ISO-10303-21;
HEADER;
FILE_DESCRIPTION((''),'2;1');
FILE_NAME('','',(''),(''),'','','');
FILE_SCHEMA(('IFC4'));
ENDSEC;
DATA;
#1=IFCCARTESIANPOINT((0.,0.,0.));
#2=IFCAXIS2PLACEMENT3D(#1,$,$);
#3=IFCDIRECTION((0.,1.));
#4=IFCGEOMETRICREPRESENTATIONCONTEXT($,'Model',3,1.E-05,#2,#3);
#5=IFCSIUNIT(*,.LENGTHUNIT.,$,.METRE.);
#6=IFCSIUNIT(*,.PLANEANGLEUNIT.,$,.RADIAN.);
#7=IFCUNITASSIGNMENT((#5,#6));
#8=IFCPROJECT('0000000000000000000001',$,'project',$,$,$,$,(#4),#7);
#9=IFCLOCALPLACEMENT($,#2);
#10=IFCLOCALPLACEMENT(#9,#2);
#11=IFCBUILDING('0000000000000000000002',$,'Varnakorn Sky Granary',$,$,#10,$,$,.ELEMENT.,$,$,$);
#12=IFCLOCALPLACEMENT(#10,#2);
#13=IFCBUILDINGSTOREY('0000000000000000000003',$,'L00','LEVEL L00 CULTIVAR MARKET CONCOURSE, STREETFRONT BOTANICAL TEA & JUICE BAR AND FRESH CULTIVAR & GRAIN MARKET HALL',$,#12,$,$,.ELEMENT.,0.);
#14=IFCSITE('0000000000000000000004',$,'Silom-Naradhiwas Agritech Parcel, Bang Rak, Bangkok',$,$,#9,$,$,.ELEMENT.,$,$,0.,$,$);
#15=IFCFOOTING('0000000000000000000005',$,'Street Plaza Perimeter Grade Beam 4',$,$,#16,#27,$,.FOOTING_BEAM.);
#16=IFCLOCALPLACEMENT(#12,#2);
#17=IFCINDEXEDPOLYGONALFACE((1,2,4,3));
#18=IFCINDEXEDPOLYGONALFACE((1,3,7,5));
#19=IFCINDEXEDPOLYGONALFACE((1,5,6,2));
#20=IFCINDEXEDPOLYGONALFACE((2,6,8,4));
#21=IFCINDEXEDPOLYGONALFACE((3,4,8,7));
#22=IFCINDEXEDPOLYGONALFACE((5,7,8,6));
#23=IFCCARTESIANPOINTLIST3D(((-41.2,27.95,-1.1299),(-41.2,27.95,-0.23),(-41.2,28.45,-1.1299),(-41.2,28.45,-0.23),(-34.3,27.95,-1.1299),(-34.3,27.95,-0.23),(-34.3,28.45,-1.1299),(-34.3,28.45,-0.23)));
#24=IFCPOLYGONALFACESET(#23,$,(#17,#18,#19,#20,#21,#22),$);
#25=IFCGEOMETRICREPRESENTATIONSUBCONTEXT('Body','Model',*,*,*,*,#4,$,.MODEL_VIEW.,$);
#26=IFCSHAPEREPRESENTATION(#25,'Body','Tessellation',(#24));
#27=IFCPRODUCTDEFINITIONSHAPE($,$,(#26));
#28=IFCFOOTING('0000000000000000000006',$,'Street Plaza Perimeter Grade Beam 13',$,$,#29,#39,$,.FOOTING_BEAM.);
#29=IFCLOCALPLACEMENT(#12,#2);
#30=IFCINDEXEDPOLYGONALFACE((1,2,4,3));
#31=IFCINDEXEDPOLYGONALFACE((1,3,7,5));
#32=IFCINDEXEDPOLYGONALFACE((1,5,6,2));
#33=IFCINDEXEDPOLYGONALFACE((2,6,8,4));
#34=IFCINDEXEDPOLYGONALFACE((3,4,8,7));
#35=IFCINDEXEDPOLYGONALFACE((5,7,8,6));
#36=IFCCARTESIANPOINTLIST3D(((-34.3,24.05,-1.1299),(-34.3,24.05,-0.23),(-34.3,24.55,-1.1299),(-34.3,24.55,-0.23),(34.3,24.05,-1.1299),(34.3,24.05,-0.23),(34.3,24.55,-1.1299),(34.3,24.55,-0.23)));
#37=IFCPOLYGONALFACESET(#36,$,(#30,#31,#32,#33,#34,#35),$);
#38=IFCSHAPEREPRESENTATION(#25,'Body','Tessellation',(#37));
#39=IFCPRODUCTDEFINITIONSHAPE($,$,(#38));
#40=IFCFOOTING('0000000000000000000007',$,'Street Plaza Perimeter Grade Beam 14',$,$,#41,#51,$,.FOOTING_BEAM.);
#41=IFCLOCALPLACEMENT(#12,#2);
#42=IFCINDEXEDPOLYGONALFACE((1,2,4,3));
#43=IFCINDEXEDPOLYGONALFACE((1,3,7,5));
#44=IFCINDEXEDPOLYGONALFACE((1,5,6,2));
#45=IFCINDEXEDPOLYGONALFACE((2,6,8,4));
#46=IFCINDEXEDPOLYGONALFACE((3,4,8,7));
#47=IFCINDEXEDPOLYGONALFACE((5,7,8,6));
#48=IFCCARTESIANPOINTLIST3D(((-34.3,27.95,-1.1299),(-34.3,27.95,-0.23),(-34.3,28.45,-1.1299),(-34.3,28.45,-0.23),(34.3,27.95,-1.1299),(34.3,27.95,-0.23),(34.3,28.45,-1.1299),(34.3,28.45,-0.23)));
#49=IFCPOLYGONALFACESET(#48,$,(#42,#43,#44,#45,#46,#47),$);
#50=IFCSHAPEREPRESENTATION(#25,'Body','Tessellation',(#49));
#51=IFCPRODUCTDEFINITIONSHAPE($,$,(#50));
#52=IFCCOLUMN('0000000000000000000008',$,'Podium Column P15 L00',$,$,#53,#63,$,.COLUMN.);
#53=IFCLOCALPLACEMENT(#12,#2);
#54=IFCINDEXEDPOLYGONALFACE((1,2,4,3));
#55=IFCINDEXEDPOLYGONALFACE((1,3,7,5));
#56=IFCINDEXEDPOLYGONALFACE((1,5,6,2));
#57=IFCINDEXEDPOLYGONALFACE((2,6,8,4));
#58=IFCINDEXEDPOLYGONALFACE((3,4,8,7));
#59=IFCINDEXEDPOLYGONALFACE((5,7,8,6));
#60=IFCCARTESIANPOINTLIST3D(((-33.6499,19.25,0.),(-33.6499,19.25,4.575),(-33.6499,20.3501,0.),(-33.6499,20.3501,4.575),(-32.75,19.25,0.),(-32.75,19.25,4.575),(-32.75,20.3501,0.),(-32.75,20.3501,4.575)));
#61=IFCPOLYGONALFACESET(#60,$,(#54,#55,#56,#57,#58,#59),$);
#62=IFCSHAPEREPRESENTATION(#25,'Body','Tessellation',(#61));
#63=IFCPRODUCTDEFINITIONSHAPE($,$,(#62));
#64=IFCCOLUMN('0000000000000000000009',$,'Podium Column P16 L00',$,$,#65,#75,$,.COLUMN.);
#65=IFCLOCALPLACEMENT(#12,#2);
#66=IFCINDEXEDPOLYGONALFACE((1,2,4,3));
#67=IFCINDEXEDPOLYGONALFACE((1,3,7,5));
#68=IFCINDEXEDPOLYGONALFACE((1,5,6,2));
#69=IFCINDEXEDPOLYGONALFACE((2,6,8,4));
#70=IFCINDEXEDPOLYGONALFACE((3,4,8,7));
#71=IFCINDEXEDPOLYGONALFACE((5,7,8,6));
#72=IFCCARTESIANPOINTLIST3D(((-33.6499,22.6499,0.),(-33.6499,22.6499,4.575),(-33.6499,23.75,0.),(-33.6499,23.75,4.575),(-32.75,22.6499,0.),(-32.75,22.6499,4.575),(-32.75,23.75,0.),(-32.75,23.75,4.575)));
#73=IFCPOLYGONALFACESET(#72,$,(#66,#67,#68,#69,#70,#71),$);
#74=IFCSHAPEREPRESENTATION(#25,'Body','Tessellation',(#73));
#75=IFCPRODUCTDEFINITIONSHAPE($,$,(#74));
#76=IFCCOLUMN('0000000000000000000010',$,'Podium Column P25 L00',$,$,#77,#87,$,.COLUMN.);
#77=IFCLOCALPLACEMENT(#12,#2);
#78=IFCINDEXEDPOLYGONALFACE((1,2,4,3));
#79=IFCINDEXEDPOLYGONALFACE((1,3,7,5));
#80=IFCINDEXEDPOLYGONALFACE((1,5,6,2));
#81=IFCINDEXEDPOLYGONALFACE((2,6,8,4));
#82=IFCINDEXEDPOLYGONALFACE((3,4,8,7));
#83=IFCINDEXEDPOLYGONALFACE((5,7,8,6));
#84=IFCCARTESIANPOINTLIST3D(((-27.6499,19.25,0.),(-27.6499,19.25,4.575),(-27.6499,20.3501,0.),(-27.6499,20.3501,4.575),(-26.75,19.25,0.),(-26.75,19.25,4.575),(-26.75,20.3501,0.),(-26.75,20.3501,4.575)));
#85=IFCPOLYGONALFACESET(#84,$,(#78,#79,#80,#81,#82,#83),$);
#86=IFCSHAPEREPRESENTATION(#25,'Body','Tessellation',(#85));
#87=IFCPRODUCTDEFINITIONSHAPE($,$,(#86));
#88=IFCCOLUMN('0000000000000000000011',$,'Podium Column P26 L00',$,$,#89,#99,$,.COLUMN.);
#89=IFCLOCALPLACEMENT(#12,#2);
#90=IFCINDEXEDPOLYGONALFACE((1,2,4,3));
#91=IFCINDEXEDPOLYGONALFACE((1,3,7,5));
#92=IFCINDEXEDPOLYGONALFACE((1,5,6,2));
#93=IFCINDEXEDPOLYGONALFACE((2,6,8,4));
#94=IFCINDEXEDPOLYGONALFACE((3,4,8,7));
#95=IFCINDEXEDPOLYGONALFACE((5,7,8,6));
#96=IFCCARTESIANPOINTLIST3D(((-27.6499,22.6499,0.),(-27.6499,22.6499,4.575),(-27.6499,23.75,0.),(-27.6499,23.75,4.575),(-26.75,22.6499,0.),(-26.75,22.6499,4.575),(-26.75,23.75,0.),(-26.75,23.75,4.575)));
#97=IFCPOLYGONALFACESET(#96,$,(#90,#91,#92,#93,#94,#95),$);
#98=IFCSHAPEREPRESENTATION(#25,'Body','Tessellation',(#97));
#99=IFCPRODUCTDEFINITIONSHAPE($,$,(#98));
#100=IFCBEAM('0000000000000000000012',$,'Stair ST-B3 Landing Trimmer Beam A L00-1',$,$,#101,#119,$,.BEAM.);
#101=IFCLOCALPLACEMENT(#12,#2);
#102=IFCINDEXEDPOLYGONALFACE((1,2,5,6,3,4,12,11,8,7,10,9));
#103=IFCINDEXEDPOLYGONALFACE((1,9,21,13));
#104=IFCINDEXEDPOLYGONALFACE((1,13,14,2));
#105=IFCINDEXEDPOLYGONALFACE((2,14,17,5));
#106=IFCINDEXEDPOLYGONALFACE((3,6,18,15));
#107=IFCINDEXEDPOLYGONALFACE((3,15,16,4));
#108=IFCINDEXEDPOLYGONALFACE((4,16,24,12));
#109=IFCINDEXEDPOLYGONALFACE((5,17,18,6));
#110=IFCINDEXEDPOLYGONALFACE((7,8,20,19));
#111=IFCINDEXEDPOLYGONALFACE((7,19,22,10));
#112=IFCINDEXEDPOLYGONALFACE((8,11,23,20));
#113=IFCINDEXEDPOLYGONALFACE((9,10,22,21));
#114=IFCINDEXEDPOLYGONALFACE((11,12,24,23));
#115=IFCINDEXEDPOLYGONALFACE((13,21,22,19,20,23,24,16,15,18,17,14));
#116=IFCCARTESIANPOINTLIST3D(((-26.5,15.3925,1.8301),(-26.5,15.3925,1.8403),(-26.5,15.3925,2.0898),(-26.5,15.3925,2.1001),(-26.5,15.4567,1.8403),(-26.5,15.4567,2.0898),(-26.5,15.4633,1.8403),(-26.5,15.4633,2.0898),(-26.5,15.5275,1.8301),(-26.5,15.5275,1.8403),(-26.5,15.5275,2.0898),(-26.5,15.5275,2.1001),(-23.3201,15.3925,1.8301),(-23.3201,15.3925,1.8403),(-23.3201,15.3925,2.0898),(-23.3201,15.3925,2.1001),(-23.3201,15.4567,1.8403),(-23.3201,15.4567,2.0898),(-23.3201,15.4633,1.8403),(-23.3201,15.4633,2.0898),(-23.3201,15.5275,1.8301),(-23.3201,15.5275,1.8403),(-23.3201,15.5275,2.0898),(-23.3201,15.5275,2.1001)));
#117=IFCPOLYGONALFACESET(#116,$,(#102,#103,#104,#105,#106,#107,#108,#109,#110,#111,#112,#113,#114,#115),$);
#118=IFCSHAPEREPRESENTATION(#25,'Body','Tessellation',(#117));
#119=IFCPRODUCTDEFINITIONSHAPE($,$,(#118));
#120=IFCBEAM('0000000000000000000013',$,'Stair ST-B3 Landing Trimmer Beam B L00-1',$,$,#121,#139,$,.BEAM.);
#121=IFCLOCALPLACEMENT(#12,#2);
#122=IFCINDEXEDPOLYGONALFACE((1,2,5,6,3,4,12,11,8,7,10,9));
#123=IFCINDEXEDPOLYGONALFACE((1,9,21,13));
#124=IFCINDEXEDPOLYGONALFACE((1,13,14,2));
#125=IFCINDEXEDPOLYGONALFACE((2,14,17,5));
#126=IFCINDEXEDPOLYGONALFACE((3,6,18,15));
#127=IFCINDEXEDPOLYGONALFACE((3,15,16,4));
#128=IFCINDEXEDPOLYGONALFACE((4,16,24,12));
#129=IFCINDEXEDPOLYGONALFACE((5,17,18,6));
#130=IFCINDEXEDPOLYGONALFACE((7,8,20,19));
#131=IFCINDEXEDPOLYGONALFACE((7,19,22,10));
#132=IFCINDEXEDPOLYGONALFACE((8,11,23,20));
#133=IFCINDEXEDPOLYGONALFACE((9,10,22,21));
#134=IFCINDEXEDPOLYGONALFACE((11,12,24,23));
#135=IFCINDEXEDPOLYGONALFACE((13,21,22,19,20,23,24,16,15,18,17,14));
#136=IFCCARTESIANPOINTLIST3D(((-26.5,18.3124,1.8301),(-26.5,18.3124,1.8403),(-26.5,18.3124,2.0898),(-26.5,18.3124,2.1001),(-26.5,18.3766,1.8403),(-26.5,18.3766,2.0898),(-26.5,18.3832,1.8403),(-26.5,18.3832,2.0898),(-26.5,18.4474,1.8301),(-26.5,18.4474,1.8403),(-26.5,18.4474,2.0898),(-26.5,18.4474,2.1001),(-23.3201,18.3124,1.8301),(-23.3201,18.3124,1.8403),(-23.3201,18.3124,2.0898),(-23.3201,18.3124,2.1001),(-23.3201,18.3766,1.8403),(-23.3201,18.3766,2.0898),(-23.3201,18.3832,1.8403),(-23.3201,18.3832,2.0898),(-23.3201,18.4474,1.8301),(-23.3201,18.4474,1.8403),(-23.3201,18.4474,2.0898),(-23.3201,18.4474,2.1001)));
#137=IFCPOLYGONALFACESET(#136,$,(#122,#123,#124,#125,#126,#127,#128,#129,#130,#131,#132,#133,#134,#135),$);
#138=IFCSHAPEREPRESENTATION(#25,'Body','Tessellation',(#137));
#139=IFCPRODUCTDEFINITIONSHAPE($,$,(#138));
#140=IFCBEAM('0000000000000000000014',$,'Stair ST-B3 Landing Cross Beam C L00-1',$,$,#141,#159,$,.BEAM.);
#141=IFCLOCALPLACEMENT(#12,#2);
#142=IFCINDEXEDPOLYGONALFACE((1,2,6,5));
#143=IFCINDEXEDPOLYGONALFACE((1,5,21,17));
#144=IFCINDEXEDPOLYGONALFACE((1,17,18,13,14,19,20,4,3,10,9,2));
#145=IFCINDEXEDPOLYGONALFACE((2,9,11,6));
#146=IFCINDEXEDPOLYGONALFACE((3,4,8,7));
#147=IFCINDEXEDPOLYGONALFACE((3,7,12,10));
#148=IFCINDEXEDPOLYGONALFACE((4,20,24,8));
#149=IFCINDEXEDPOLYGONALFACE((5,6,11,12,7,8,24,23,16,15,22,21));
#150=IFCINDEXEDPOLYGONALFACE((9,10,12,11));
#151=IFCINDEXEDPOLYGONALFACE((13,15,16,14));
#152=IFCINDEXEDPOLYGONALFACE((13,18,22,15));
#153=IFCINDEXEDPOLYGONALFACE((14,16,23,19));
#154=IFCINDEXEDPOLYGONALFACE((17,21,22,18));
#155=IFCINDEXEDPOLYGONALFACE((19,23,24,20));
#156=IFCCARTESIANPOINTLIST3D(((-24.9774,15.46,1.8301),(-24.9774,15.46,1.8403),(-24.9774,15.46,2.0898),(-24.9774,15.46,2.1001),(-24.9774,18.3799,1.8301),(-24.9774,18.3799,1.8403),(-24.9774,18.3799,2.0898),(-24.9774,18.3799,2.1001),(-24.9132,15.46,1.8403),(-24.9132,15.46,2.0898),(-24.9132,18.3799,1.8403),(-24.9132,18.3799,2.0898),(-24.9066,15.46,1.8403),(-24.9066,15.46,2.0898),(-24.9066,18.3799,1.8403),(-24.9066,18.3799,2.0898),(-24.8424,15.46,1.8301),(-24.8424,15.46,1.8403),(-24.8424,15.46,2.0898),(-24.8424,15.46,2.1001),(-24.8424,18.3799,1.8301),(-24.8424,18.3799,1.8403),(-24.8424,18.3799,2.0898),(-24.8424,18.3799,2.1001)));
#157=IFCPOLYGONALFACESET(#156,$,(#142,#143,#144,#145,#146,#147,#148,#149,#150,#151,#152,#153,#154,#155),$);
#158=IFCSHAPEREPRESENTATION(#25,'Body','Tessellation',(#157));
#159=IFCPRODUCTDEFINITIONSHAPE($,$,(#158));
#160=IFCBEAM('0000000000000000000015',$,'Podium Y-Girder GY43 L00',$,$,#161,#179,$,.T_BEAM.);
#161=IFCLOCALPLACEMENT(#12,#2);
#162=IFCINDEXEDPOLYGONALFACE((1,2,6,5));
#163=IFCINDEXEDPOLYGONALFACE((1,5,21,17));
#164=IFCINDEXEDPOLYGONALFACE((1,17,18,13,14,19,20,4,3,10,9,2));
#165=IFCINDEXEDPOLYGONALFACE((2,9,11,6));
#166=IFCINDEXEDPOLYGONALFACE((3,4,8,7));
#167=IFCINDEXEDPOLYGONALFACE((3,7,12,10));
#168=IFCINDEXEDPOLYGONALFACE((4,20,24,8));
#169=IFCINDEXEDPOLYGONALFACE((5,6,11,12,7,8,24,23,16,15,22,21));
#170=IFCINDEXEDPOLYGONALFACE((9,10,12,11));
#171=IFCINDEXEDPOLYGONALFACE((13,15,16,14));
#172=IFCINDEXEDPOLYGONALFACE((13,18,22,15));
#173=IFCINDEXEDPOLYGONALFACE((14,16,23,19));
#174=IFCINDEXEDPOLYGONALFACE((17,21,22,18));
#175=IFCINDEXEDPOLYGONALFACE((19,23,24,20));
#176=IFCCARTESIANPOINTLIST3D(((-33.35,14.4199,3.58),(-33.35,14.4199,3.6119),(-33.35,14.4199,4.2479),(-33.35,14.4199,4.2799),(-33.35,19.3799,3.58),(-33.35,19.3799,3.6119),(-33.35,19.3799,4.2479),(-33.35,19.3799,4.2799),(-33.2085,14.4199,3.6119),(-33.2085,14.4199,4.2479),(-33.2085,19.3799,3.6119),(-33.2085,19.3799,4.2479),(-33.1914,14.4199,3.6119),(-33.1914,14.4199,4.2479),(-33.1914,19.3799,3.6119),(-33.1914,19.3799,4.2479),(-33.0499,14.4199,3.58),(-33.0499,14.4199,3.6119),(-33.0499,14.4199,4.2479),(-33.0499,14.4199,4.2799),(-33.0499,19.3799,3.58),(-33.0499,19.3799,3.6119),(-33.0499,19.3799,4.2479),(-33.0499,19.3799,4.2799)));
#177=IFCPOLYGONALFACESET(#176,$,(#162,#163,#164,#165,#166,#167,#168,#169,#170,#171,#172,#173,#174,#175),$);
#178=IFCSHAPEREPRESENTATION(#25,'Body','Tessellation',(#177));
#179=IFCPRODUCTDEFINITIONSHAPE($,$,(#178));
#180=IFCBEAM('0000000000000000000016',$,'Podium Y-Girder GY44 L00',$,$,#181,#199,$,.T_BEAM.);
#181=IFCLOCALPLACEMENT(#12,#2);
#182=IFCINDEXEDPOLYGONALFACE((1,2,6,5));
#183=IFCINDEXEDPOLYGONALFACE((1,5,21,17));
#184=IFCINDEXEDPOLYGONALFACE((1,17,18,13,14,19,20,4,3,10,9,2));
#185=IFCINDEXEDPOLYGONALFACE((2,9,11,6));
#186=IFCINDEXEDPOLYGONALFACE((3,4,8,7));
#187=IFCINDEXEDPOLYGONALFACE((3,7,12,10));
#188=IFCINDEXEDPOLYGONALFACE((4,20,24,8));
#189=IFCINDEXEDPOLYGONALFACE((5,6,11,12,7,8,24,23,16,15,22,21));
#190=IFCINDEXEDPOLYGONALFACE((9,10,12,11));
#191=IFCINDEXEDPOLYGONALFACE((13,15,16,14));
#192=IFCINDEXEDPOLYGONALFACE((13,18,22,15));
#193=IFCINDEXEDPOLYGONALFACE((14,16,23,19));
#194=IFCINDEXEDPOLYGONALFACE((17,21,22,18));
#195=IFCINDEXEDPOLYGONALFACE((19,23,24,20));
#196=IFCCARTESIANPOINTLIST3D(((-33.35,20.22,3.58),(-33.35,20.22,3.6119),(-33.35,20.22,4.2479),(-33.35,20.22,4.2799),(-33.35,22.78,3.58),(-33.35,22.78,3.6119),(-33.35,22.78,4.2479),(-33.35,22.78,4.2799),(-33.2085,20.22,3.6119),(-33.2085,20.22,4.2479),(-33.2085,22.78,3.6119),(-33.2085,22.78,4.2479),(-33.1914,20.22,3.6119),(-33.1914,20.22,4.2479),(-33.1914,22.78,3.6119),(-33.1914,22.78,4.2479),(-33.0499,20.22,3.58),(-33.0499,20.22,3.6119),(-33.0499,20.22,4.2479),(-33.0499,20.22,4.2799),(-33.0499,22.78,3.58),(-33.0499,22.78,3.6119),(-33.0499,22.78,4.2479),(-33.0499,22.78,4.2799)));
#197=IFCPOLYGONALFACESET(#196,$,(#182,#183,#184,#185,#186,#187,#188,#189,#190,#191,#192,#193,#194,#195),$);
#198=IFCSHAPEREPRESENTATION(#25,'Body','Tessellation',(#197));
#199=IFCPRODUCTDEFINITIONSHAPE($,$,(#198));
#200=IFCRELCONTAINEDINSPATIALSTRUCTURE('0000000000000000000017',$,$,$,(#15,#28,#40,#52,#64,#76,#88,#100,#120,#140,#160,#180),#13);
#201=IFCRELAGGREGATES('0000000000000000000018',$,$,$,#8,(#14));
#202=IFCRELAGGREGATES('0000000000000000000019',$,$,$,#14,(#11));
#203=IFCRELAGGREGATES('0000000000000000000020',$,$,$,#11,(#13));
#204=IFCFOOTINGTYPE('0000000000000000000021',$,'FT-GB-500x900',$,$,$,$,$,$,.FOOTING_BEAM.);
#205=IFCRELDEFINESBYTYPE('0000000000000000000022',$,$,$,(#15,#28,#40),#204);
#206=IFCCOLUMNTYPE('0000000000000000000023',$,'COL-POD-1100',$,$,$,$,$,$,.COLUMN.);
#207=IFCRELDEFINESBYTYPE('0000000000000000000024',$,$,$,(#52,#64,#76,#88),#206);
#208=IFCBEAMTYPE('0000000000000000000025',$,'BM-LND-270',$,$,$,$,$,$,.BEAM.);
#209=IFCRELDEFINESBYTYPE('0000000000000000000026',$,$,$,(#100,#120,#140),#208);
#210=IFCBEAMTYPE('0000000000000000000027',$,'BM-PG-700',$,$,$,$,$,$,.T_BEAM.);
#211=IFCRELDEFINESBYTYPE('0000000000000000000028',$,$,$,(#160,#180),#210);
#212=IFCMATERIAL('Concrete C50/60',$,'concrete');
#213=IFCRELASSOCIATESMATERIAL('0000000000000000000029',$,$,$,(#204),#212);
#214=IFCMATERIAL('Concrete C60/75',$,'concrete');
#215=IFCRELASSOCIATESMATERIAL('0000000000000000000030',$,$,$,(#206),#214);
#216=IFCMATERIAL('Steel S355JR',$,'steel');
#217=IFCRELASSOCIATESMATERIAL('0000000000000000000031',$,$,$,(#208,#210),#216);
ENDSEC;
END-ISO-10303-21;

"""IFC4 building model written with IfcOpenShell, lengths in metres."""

from ifc_helpers import new_model, si_unit, direction, frame, origin, origin_2d, place, context, subcontext, project, spatial, rectangle, i_section, extrude, material, material_profile, profile_set, type_object, element, save


model = new_model("IFC4")

# Units and contexts
model_context = context("Model", 3, precision=1e-05, world=origin(), true_north=direction((0.0, 1.0)))
body_context = subcontext(model_context, "Body", "Model", "MODEL_VIEW")
ifc_project = project(units=[si_unit("LENGTHUNIT", "METRE"), si_unit("PLANEANGLEUNIT", "RADIAN")], contexts=[model_context])

# Site, building, storey
site_placement = place(None, origin())
site = spatial("IfcSite", under=ifc_project, at=site_placement, Name="Silom-Naradhiwas Agritech Parcel, Bang Rak, Bangkok", CompositionType="ELEMENT", RefElevation=0.0)
building_placement = place(site_placement, origin())
building = spatial("IfcBuilding", under=site, at=building_placement, Name="Varnakorn Sky Granary", CompositionType="ELEMENT")
storey_placement = place(building_placement, origin())
storey = spatial("IfcBuildingStorey", under=building, at=storey_placement, Name="L00", Description="LEVEL L00 CULTIVAR MARKET CONCOURSE, STREETFRONT BOTANICAL TEA & JUICE BAR AND FRESH CULTIVAR & GRAIN MARKET HALL", CompositionType="ELEMENT", Elevation=0.0)

# Footings
ifc_material_1 = material(Name="Concrete C50/60", Category="concrete")
ifc_material_profile_1 = material_profile(ifc_material_1, rectangle(XDim=0.5, YDim=0.8999, at=origin_2d()), Name="RC 500x900")
ifc_profile_set_1 = profile_set([ifc_material_profile_1], Name="Concrete C50/60")
footing_type = type_object("IfcFootingType", Name="FT-GB-500x900", PredefinedType="FOOTING_BEAM", material=ifc_profile_set_1)
footing_placement = place(storey_placement, frame((-41.2, 28.2, -0.6799), z_axis=(1.0, 0.0, 0.0), x_axis=(0.0, 1.0, 0.0)))
element("IfcFooting", 1, at=footing_placement, inside=storey, type_object=footing_type, Name="Street Plaza Perimeter Grade Beam 4", PredefinedType="FOOTING_BEAM", context=body_context, shape_type="SweptSolid", body=[
    extrude(rectangle(XDim=0.5, YDim=0.8999, at=origin_2d()), origin(), (0.0, 0.0, 1.0), 6.8999),
])
for number, where, z_axis, x_axis, name in (
    (2, (-34.3, 24.3, -0.6799), (1.0, 0.0, 0.0), (0.0, 1.0, 0.0), "Street Plaza Perimeter Grade Beam 13"),
    (3, (-34.3, 28.2, -0.6799), (1.0, 0.0, 0.0), (0.0, 1.0, 0.0), "Street Plaza Perimeter Grade Beam 14"),
):
    element("IfcFooting", number, at=place(storey_placement, frame(where, z_axis=z_axis, x_axis=x_axis)), inside=storey, type_object=footing_type, Name=name, PredefinedType="FOOTING_BEAM", context=body_context, shape_type="SweptSolid", body=[
        extrude(rectangle(XDim=0.5, YDim=0.8999, at=origin_2d()), origin(), (0.0, 0.0, 1.0), 68.6001),
    ])

# Columns
ifc_material_2 = material(Name="Concrete C60/75", Category="concrete")
ifc_material_profile_2 = material_profile(ifc_material_2, rectangle(XDim=0.8999, YDim=1.1001, at=origin_2d()), Name="RC 900x1100")
ifc_profile_set_2 = profile_set([ifc_material_profile_2], Name="Concrete C60/75")
column_type = type_object("IfcColumnType", Name="COL-POD-1100", PredefinedType="COLUMN", material=ifc_profile_set_2)
for number, where, z_axis, x_axis, name in (
    (4, (-33.2, 19.8, 0.0), (0.0, 0.0, 1.0), (1.0, 0.0, 0.0), "Podium Column P15 L00"),
    (5, (-33.2, 23.2, 0.0), (0.0, 0.0, 1.0), (1.0, 0.0, 0.0), "Podium Column P16 L00"),
    (6, (-27.2, 19.8, 0.0), (0.0, 0.0, 1.0), (1.0, 0.0, 0.0), "Podium Column P25 L00"),
    (7, (-27.2, 23.2, 0.0), (0.0, 0.0, 1.0), (1.0, 0.0, 0.0), "Podium Column P26 L00"),
):
    element("IfcColumn", number, at=place(storey_placement, frame(where, z_axis=z_axis, x_axis=x_axis)), inside=storey, type_object=column_type, Name=name, PredefinedType="COLUMN", context=body_context, shape_type="SweptSolid", body=[
        extrude(rectangle(XDim=0.8999, YDim=1.1001, at=origin_2d()), origin(), (0.0, 0.0, 1.0), 4.575),
    ])

# Beams
ifc_material_3 = material(Name="Steel S355JR", Category="steel")
ifc_material_profile_3 = material_profile(ifc_material_3, i_section(OverallWidth=0.135, OverallDepth=0.27, WebThickness=0.0066, FlangeThickness=0.0103, at=origin_2d()), Name="IPE 270")
ifc_profile_set_3 = profile_set([ifc_material_profile_3], Name="Steel S355JR")
beam_type_1 = type_object("IfcBeamType", Name="BM-LND-270", PredefinedType="BEAM", material=ifc_profile_set_3)
for number, where, z_axis, x_axis, name in (
    (8, (-26.5, 15.46, 1.9651), (1.0, 0.0, 0.0), (0.0, 1.0, 0.0), "Stair ST-B3 Landing Trimmer Beam A L00-1"),
    (9, (-26.5, 18.3799, 1.9651), (1.0, 0.0, 0.0), (0.0, 1.0, 0.0), "Stair ST-B3 Landing Trimmer Beam B L00-1"),
):
    element("IfcBeam", number, at=place(storey_placement, frame(where, z_axis=z_axis, x_axis=x_axis)), inside=storey, type_object=beam_type_1, Name=name, PredefinedType="BEAM", context=body_context, shape_type="SweptSolid", body=[
        extrude(i_section(OverallWidth=0.135, OverallDepth=0.27, WebThickness=0.0066, FlangeThickness=0.0103, at=origin_2d()), origin(), (0.0, 0.0, 1.0), 3.1799),
    ])
beam_1_placement = place(storey_placement, frame((-24.9099, 15.46, 1.9651), z_axis=(0.0, 1.0, 0.0), x_axis=(-1.0, 0.0, 0.0)))
element("IfcBeam", 10, at=beam_1_placement, inside=storey, type_object=beam_type_1, Name="Stair ST-B3 Landing Cross Beam C L00-1", PredefinedType="BEAM", context=body_context, shape_type="SweptSolid", body=[
    extrude(i_section(OverallWidth=0.135, OverallDepth=0.27, WebThickness=0.0066, FlangeThickness=0.0103, at=origin_2d()), origin(), (0.0, 0.0, 1.0), 2.9199),
])
ifc_material_profile_4 = material_profile(ifc_material_3, i_section(OverallWidth=0.3, OverallDepth=0.7, WebThickness=0.0171, FlangeThickness=0.032, at=origin_2d()), Name="HE 700 B")
ifc_profile_set_4 = profile_set([ifc_material_profile_4], Name="Steel S355JR")
beam_type_2 = type_object("IfcBeamType", Name="BM-PG-700", PredefinedType="T_BEAM", material=ifc_profile_set_4)
beam_2_placement = place(storey_placement, frame((-33.2, 14.4199, 3.9299), z_axis=(0.0, 1.0, 0.0), x_axis=(-1.0, 0.0, 0.0)))
element("IfcBeam", 11, at=beam_2_placement, inside=storey, type_object=beam_type_2, Name="Podium Y-Girder GY43 L00", PredefinedType="T_BEAM", context=body_context, shape_type="SweptSolid", body=[
    extrude(i_section(OverallWidth=0.3, OverallDepth=0.7, WebThickness=0.0171, FlangeThickness=0.032, at=origin_2d()), origin(), (0.0, 0.0, 1.0), 4.96),
])
beam_3_placement = place(storey_placement, frame((-33.2, 20.22, 3.9299), z_axis=(0.0, 1.0, 0.0), x_axis=(-1.0, 0.0, 0.0)))
element("IfcBeam", 12, at=beam_3_placement, inside=storey, type_object=beam_type_2, Name="Podium Y-Girder GY44 L00", PredefinedType="T_BEAM", context=body_context, shape_type="SweptSolid", body=[
    extrude(i_section(OverallWidth=0.3, OverallDepth=0.7, WebThickness=0.0171, FlangeThickness=0.032, at=origin_2d()), origin(), (0.0, 0.0, 1.0), 2.5601),
])

save(model, "model.ifc")
